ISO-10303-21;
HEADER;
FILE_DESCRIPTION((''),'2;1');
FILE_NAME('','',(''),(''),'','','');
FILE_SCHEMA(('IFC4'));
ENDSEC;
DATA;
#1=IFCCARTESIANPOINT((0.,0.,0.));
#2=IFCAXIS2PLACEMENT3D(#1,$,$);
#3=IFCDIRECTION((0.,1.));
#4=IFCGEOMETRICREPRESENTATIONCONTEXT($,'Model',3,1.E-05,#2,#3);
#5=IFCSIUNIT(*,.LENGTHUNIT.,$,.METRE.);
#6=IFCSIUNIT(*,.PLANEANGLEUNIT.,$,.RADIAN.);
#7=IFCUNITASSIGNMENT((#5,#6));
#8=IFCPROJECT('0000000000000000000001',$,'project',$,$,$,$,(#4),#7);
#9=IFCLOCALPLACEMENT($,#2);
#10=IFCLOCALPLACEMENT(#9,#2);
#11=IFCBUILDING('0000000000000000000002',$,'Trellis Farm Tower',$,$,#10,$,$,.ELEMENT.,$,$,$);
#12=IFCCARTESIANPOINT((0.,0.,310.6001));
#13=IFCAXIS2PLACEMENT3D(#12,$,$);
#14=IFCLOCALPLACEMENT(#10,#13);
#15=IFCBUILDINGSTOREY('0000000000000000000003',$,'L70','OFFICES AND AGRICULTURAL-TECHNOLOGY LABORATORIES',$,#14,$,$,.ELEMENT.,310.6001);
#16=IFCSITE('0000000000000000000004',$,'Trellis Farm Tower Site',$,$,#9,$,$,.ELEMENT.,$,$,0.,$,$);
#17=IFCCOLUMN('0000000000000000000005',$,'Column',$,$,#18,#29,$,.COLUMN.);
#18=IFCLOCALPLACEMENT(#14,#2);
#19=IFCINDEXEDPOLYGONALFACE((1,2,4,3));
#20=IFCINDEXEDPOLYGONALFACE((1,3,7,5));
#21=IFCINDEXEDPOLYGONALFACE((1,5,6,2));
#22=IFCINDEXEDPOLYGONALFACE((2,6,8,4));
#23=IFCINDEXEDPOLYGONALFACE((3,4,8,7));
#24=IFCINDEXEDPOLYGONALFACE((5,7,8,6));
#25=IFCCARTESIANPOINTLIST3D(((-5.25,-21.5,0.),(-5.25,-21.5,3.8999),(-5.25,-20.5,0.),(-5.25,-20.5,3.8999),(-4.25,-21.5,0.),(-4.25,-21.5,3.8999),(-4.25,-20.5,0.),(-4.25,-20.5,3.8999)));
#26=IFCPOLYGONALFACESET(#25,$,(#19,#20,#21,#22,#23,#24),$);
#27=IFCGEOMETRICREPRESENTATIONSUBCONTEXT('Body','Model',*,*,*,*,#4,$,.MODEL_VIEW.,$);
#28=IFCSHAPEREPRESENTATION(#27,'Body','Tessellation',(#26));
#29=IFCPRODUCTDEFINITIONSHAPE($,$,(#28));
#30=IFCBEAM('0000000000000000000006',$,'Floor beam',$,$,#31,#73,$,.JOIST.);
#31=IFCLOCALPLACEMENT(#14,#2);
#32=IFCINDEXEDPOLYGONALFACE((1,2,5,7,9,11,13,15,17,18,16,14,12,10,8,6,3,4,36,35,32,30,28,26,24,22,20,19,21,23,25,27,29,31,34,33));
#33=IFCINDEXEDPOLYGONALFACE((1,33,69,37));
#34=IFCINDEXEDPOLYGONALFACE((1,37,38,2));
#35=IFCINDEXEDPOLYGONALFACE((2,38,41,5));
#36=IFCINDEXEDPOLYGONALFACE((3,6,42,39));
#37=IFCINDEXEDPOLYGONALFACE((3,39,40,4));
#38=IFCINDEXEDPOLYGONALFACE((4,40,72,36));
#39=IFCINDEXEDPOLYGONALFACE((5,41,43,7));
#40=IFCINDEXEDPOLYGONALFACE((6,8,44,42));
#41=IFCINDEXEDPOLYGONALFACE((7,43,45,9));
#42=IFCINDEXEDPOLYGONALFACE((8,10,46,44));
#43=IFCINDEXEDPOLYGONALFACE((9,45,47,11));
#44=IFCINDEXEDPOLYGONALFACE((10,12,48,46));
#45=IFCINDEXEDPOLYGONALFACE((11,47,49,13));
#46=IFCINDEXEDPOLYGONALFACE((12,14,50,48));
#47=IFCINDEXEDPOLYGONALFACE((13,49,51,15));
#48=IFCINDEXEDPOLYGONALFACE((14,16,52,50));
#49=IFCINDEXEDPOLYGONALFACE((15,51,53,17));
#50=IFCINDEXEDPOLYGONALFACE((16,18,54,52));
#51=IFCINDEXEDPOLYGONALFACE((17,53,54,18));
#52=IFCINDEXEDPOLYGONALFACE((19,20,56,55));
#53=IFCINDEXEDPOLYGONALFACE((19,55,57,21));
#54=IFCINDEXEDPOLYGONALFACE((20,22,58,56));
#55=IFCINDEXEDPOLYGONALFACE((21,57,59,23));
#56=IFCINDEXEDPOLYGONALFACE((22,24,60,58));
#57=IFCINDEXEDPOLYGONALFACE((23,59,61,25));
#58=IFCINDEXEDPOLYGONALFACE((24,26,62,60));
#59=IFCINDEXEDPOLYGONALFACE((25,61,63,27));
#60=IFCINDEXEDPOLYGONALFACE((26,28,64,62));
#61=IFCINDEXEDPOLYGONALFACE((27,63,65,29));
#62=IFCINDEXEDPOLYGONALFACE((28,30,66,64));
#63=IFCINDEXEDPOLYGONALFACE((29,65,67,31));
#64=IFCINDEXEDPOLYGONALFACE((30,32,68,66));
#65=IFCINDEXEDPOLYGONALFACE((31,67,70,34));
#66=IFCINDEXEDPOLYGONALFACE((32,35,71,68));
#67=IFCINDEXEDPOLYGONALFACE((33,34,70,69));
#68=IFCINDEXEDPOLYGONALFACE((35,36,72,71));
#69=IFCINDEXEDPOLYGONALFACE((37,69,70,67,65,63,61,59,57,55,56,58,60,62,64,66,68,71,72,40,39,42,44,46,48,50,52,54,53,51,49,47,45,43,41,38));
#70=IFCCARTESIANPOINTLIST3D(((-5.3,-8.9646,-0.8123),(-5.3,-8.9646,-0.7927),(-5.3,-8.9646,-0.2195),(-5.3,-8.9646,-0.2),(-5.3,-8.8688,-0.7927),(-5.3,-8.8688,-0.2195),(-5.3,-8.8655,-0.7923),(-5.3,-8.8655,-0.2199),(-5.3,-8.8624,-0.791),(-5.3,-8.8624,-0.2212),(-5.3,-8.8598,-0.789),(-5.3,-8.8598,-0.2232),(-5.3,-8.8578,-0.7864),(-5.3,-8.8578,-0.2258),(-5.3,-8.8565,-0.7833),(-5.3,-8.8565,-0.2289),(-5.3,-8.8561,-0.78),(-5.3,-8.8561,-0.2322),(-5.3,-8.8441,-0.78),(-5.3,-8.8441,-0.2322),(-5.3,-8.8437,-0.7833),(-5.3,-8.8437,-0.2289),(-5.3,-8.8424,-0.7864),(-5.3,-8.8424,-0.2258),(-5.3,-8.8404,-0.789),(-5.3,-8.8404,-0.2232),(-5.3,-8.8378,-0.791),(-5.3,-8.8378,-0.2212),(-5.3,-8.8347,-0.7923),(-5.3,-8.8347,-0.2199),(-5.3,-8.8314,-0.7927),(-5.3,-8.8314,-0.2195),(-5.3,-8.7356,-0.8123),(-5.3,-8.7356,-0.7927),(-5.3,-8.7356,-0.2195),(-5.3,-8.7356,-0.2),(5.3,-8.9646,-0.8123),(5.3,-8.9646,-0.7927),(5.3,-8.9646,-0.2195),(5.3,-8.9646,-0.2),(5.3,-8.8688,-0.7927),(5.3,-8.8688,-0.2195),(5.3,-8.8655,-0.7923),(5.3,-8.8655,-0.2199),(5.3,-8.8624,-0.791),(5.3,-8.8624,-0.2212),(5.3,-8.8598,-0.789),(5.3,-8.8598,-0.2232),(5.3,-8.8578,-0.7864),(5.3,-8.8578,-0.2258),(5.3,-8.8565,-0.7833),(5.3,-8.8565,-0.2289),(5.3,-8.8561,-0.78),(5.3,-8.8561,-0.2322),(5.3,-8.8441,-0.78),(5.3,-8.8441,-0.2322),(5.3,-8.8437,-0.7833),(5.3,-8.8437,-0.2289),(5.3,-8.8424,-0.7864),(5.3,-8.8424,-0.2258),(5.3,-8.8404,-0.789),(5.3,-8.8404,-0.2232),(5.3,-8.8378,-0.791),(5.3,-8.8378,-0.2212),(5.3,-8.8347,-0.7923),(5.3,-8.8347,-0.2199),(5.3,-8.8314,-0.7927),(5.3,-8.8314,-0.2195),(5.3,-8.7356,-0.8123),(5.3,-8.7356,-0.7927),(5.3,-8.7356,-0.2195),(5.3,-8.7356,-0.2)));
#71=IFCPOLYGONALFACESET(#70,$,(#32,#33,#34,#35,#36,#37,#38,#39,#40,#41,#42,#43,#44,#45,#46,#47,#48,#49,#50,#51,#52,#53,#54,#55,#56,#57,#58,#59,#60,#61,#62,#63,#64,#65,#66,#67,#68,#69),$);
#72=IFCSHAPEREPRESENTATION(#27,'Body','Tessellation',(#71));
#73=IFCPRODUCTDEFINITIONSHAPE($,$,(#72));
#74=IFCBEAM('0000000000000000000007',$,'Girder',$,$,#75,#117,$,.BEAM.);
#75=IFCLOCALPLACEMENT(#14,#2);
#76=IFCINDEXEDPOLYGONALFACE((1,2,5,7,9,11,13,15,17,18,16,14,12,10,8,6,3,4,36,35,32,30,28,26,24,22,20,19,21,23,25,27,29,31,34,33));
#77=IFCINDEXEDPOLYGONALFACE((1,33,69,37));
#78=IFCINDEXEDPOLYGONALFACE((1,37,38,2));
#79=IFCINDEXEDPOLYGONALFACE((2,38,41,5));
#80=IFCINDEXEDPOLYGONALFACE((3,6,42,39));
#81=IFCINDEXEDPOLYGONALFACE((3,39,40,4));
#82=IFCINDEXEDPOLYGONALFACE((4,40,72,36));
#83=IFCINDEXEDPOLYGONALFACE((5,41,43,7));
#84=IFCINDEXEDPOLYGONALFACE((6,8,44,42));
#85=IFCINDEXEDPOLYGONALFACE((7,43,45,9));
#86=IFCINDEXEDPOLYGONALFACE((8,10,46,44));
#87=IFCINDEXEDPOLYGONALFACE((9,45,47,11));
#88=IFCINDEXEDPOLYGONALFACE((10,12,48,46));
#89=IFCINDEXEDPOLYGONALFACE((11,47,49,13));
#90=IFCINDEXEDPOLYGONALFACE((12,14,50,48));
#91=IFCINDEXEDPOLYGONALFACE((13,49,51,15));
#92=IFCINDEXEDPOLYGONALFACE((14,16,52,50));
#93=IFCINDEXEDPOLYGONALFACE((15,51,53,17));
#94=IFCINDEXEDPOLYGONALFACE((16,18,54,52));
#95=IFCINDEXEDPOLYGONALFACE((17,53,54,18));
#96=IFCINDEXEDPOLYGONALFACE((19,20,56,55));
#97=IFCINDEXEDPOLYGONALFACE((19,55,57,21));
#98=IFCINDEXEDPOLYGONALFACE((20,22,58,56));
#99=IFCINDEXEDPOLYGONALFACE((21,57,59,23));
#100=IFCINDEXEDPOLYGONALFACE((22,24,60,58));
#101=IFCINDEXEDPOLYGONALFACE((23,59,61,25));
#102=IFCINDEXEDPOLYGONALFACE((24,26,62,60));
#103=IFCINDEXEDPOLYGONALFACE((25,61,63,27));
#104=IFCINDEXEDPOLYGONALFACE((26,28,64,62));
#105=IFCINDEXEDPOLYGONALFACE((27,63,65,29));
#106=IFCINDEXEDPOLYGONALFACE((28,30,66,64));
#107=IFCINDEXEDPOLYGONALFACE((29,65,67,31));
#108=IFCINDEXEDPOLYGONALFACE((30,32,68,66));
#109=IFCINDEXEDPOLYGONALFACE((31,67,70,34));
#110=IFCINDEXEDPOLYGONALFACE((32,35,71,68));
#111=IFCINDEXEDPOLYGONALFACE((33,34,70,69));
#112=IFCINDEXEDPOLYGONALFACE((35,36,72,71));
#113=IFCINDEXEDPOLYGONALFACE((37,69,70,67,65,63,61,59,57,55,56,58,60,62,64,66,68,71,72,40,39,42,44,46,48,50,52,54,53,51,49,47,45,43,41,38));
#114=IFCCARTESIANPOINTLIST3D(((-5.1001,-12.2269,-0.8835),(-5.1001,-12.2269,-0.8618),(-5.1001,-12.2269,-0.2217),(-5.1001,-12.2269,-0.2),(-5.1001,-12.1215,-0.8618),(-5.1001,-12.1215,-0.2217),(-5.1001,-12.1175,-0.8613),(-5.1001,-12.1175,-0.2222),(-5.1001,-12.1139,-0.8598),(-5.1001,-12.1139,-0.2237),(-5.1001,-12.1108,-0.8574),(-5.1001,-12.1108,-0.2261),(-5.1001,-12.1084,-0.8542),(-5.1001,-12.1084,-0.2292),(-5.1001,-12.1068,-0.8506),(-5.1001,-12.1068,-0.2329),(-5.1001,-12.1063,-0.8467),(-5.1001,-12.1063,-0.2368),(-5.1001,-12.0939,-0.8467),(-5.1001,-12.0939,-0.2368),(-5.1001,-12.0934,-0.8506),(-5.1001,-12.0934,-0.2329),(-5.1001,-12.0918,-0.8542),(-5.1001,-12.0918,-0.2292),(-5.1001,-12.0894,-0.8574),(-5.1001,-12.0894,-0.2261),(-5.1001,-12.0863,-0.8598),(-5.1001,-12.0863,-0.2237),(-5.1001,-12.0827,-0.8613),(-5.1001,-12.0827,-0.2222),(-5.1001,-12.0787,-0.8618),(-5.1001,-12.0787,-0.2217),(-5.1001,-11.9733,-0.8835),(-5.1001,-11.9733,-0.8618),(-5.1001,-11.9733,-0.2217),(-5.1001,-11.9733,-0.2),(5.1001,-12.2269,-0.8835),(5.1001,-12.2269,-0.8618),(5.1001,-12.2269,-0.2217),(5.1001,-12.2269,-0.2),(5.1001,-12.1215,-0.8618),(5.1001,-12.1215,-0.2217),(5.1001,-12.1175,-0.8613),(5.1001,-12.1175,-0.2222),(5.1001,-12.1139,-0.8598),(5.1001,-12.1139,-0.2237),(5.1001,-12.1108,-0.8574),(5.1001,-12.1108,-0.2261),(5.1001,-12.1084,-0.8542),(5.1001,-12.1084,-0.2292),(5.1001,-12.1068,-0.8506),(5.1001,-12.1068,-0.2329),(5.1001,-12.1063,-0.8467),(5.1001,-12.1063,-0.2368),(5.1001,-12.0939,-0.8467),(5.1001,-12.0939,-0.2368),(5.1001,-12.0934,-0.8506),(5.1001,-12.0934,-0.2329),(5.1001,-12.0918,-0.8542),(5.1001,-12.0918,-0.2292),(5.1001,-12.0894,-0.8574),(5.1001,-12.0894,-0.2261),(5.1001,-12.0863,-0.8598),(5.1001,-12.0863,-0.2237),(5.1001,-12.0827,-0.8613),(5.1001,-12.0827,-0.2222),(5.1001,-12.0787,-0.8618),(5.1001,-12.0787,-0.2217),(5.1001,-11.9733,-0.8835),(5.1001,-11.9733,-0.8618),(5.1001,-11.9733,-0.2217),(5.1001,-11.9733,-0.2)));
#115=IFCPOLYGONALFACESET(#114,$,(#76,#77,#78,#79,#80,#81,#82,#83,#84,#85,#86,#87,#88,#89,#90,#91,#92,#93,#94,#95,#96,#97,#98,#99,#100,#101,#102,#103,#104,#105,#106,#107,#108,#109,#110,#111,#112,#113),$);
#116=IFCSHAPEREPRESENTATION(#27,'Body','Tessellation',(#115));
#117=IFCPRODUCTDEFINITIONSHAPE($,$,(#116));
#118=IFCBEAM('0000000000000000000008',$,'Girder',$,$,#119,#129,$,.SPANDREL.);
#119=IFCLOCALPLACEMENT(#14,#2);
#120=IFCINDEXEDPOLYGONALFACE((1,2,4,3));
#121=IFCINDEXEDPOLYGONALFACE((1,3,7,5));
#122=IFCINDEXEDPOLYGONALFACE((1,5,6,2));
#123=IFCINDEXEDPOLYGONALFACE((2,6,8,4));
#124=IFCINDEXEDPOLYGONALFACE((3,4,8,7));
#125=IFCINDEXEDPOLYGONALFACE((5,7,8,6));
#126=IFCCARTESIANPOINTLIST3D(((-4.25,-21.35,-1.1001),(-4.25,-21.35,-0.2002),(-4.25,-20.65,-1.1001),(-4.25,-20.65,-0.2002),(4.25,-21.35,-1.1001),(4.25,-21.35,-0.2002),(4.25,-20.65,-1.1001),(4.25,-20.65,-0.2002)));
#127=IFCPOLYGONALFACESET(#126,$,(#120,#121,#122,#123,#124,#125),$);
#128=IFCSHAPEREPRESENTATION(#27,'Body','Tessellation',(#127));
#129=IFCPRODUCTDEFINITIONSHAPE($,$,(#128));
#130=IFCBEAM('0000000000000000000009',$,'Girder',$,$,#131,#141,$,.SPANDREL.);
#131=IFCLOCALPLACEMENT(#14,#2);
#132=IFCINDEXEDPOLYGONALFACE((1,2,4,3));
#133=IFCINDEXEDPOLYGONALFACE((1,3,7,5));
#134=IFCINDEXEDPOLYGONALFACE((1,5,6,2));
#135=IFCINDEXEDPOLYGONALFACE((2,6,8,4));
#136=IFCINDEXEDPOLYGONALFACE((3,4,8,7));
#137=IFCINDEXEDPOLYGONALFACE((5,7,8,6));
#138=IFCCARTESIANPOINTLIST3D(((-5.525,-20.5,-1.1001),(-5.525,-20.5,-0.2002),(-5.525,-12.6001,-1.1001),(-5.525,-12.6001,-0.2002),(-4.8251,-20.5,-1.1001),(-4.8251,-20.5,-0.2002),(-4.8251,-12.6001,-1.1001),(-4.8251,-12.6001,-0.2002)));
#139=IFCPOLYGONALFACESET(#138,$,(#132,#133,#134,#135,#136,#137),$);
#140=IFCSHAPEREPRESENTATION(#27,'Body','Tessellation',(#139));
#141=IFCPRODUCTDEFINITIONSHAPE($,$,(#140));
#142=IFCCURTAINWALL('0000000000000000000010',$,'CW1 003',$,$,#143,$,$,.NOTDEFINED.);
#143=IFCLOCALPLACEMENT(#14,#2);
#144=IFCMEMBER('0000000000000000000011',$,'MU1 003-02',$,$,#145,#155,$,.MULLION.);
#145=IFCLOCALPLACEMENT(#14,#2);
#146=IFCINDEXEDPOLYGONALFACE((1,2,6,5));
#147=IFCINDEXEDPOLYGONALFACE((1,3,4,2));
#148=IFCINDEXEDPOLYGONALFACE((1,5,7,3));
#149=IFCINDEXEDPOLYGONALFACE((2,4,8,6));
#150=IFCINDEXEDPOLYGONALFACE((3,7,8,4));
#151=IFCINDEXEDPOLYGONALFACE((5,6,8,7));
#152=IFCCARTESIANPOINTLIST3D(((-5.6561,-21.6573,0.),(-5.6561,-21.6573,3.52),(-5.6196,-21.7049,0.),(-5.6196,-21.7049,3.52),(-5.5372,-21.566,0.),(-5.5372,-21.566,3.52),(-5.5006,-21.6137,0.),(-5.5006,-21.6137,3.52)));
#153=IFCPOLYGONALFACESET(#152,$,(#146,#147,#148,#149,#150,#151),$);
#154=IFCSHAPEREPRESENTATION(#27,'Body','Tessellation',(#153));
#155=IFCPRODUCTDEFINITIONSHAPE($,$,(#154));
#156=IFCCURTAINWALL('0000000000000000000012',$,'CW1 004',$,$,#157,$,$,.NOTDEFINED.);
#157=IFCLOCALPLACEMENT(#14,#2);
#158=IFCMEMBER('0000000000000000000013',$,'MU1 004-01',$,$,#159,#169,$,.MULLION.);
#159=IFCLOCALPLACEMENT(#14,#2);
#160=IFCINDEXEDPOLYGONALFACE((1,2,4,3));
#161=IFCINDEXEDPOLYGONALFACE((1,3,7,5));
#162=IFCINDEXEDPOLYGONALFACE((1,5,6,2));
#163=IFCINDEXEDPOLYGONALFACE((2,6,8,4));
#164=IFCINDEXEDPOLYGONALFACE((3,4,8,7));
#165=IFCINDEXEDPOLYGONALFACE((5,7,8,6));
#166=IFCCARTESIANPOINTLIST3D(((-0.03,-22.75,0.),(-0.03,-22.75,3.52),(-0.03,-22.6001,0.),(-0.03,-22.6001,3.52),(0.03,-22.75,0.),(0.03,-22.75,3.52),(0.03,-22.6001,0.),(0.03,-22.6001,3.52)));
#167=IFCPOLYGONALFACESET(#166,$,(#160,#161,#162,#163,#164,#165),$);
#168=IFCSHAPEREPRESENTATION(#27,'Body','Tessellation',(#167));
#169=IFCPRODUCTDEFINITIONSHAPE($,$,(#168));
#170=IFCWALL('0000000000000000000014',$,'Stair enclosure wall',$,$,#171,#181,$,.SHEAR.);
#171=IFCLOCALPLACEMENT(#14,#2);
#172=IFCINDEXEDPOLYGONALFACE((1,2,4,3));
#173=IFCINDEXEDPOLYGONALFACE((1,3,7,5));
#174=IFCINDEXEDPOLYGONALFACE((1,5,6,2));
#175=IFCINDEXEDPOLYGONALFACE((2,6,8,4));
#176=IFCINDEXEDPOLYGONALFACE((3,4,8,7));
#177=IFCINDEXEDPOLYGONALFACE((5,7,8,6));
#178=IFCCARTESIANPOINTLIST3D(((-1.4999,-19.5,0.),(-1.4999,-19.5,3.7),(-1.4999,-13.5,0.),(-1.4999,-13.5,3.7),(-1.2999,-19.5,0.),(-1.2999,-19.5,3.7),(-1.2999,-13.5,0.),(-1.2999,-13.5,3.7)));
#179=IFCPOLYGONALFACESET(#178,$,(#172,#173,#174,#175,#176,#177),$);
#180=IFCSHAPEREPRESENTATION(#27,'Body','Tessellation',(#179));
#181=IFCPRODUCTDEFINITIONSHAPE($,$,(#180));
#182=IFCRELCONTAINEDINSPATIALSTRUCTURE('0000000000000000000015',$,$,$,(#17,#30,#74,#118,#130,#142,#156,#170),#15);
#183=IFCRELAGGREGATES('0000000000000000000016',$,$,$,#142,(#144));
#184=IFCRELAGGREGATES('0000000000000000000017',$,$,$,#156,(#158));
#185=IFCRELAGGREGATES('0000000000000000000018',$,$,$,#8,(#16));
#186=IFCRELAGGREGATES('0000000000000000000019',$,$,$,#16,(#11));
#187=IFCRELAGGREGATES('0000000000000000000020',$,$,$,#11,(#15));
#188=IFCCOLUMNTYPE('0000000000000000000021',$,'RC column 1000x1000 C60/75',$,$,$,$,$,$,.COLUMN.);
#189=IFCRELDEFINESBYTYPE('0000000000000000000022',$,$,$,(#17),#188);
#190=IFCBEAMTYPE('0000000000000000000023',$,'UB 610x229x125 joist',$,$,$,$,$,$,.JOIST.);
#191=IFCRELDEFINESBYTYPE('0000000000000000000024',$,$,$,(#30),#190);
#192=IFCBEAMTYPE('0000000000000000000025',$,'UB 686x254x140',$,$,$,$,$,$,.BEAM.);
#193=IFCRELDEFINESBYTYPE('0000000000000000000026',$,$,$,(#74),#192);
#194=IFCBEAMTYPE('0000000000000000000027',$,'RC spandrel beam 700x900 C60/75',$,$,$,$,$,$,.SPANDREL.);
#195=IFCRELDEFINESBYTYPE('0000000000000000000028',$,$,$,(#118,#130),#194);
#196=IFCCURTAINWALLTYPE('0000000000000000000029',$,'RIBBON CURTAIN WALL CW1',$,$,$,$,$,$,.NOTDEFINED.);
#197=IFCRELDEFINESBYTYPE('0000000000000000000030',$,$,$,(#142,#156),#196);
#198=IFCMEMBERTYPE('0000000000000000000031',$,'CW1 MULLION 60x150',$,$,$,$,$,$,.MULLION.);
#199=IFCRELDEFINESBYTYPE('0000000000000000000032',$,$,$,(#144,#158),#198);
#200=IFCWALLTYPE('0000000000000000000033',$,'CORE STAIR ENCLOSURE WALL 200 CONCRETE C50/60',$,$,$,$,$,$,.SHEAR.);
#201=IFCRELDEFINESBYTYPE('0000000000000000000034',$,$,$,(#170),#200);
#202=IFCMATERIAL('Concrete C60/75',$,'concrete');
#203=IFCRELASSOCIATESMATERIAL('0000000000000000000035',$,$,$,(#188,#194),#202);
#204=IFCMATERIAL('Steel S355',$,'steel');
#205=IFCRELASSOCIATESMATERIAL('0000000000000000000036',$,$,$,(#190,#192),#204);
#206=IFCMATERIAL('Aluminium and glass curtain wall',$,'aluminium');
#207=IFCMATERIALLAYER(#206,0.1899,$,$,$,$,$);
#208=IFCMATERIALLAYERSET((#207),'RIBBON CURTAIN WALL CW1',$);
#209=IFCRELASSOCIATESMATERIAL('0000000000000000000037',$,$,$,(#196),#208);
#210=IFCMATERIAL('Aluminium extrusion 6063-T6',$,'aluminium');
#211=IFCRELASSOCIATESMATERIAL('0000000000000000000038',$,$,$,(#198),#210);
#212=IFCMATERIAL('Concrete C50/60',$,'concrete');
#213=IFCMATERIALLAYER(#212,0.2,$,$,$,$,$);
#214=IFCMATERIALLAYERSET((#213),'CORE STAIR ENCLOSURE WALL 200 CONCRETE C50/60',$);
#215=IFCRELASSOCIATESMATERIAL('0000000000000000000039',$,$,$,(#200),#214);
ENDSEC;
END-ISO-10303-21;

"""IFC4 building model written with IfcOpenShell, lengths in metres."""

from ifc_helpers import new_model, si_unit, direction, frame, frame_2d, origin, origin_2d, place, context, subcontext, project, spatial, rectangle, i_section, extrude, source, transform, mapped, material, layer, layer_set, material_profile, profile_set, type_object, element, aggregate, save


model = new_model("IFC4")

# Units and contexts
model_context = context("Model", 3, precision=1e-05, world=origin(), true_north=direction((0.0, 1.0)))
body_context = subcontext(model_context, "Body", "Model", "MODEL_VIEW")
ifc_project = project(units=[si_unit("LENGTHUNIT", "METRE"), si_unit("PLANEANGLEUNIT", "RADIAN")], contexts=[model_context])

# Site, building, storey
site_placement = place(None, origin())
site = spatial("IfcSite", under=ifc_project, at=site_placement, Name="Trellis Farm Tower Site", CompositionType="ELEMENT", RefElevation=0.0)
building_placement = place(site_placement, origin())
building = spatial("IfcBuilding", under=site, at=building_placement, Name="Trellis Farm Tower", CompositionType="ELEMENT")
storey_placement = place(building_placement, frame((0.0, 0.0, 310.6001)))
storey = spatial("IfcBuildingStorey", under=building, at=storey_placement, Name="L70", Description="OFFICES AND AGRICULTURAL-TECHNOLOGY LABORATORIES", CompositionType="ELEMENT", Elevation=310.6001)

# Column
ifc_material_1 = material(Name="Concrete C60/75", Category="concrete")
ifc_material_profile_1 = material_profile(ifc_material_1, rectangle(XDim=1.0, YDim=1.0, at=origin_2d()), Name="RC column 1000x1000 C60/75")
ifc_profile_set_1 = profile_set([ifc_material_profile_1], Name="Concrete C60/75")
column_type = type_object("IfcColumnType", Name="RC column 1000x1000 C60/75", PredefinedType="COLUMN", material=ifc_profile_set_1)
shared_shape_1 = source(origin(), body_context, "Body", "SweptSolid", [
    extrude(rectangle(XDim=1.0, YDim=1.0, at=origin_2d()), origin(), (0.0, 0.0, 1.0), 3.8999),
])
column_placement = place(storey_placement, frame((-4.75, -21.0, 0.0), z_axis=(0.0, 0.0, 1.0), x_axis=(1.0, 0.0, 0.0)))
element("IfcColumn", 1, at=column_placement, inside=storey, type_object=column_type, Name="Column", PredefinedType="COLUMN", context=body_context, shape_type="MappedRepresentation", body=[
    mapped(shared_shape_1, transform((0.0, 0.0, 0.0))),
])

# Beams
ifc_material_2 = material(Name="Steel S355", Category="steel")
ifc_material_profile_2 = material_profile(ifc_material_2, i_section(OverallWidth=0.229, OverallDepth=0.6123, WebThickness=0.012, FlangeThickness=0.0195, FilletRadius=0.0127, at=origin_2d()), Name="UB 610x229x125")
ifc_profile_set_2 = profile_set([ifc_material_profile_2], Name="Steel S355")
beam_type_1 = type_object("IfcBeamType", Name="UB 610x229x125 joist", PredefinedType="JOIST", material=ifc_profile_set_2)
shared_shape_2 = source(origin(), body_context, "Body", "SweptSolid", [
    extrude(i_section(OverallWidth=0.229, OverallDepth=0.6123, WebThickness=0.012, FlangeThickness=0.0195, FilletRadius=0.0127, at=origin_2d()), origin(), (0.0, 0.0, 1.0), 10.6001),
])
beam_1_placement = place(storey_placement, frame((-5.3, -8.8501, -0.5061), z_axis=(1.0, 0.0, 0.0), x_axis=(0.0, 1.0, 0.0)))
element("IfcBeam", 2, at=beam_1_placement, inside=storey, type_object=beam_type_1, Name="Floor beam", PredefinedType="JOIST", context=body_context, shape_type="MappedRepresentation", body=[
    mapped(shared_shape_2, transform((0.0, 0.0, 0.0))),
])
ifc_material_profile_3 = material_profile(ifc_material_2, i_section(OverallWidth=0.2537, OverallDepth=0.6836, WebThickness=0.0125, FlangeThickness=0.0217, FilletRadius=0.0151, at=origin_2d()), Name="UB 686x254x140")
ifc_profile_set_3 = profile_set([ifc_material_profile_3], Name="Steel S355")
beam_type_2 = type_object("IfcBeamType", Name="UB 686x254x140", PredefinedType="BEAM", material=ifc_profile_set_3)
shared_shape_3 = source(origin(), body_context, "Body", "SweptSolid", [
    extrude(i_section(OverallWidth=0.2537, OverallDepth=0.6836, WebThickness=0.0125, FlangeThickness=0.0217, FilletRadius=0.0151, at=origin_2d()), origin(), (0.0, 0.0, 1.0), 10.2002),
])
beam_2_placement = place(storey_placement, frame((-5.1001, -12.1001, -0.5417), z_axis=(1.0, 0.0, 0.0), x_axis=(0.0, 1.0, 0.0)))
element("IfcBeam", 3, at=beam_2_placement, inside=storey, type_object=beam_type_2, Name="Girder", PredefinedType="BEAM", context=body_context, shape_type="MappedRepresentation", body=[
    mapped(shared_shape_3, transform((0.0, 0.0, 0.0))),
])
ifc_material_profile_4 = material_profile(ifc_material_1, rectangle(XDim=0.7, YDim=0.8999, at=origin_2d()), Name="RC spandrel beam 700x900 C60/75")
ifc_profile_set_4 = profile_set([ifc_material_profile_4], Name="Concrete C60/75")
beam_type_3 = type_object("IfcBeamType", Name="RC spandrel beam 700x900 C60/75", PredefinedType="SPANDREL", material=ifc_profile_set_4)
shared_shape_4 = source(origin(), body_context, "Body", "SweptSolid", [
    extrude(rectangle(XDim=0.7, YDim=0.8999, at=origin_2d()), origin(), (0.0, 0.0, 1.0), 8.5),
])
beam_3_placement = place(storey_placement, frame((-4.25, -21.0, -0.6501), z_axis=(1.0, 0.0, 0.0), x_axis=(0.0, 1.0, 0.0)))
element("IfcBeam", 4, at=beam_3_placement, inside=storey, type_object=beam_type_3, Name="Girder", PredefinedType="SPANDREL", context=body_context, shape_type="MappedRepresentation", body=[
    mapped(shared_shape_4, transform((0.0, 0.0, 0.0))),
])
shared_shape_5 = source(origin(), body_context, "Body", "SweptSolid", [
    extrude(rectangle(XDim=0.7, YDim=0.8999, at=origin_2d()), origin(), (0.0, 0.0, 1.0), 7.8999),
])
beam_4_placement = place(storey_placement, frame((-5.175, -20.5, -0.6501), z_axis=(0.0, 1.0, 0.0), x_axis=(-1.0, 0.0, 0.0)))
element("IfcBeam", 5, at=beam_4_placement, inside=storey, type_object=beam_type_3, Name="Girder", PredefinedType="SPANDREL", context=body_context, shape_type="MappedRepresentation", body=[
    mapped(shared_shape_5, transform((0.0, 0.0, 0.0))),
])

# Curtain walls, members
ifc_material_3 = material(Name="Aluminium and glass curtain wall", Category="aluminium")
ifc_layer_1 = layer(ifc_material_3, 0.1899)
ifc_layer_set_1 = layer_set([ifc_layer_1], Name="RIBBON CURTAIN WALL CW1")
curtain_wall_type = type_object("IfcCurtainWallType", Name="RIBBON CURTAIN WALL CW1", PredefinedType="NOTDEFINED", material=ifc_layer_set_1)
placement = place(storey_placement, origin())
curtain_wall_1 = element("IfcCurtainWall", 6, at=placement, inside=storey, type_object=curtain_wall_type, Name="CW1 003", PredefinedType="NOTDEFINED")
ifc_material_4 = material(Name="Aluminium extrusion 6063-T6", Category="aluminium")
ifc_material_profile_5 = material_profile(ifc_material_4, rectangle(XDim=0.0601, YDim=0.1499, at=origin_2d()), Name="MULLION 60x150")
ifc_profile_set_5 = profile_set([ifc_material_profile_5], Name="Aluminium extrusion 6063-T6")
member_type = type_object("IfcMemberType", Name="CW1 MULLION 60x150", PredefinedType="MULLION", material=ifc_profile_set_5)
shared_shape_6 = source(origin(), body_context, "Body", "SweptSolid", [
    extrude(rectangle(XDim=0.0601, YDim=0.1499, at=origin_2d()), origin(), (0.0, 0.0, 1.0), 3.52),
])
member_1_placement = place(storey_placement, frame((-5.5784, -21.6355, 0.0), z_axis=(0.0, 0.0, 1.0), x_axis=(0.608761, -0.793353, 0.0)))
member_1 = element("IfcMember", 7, at=member_1_placement, type_object=member_type, Name="MU1 003-02", PredefinedType="MULLION", context=body_context, shape_type="MappedRepresentation", body=[
    mapped(shared_shape_6, transform((0.0, 0.0, 0.0))),
])
aggregate(curtain_wall_1, [member_1])
curtain_wall_2 = element("IfcCurtainWall", 8, at=placement, inside=storey, type_object=curtain_wall_type, Name="CW1 004", PredefinedType="NOTDEFINED")
member_2_placement = place(storey_placement, frame((0.0, -22.675, 0.0), z_axis=(0.0, 0.0, 1.0), x_axis=(1.0, 0.0, 0.0)))
member_2 = element("IfcMember", 9, at=member_2_placement, type_object=member_type, Name="MU1 004-01", PredefinedType="MULLION", context=body_context, shape_type="MappedRepresentation", body=[
    mapped(shared_shape_6, transform((0.0, 0.0, 0.0))),
])
aggregate(curtain_wall_2, [member_2])

# Wall
ifc_material_5 = material(Name="Concrete C50/60", Category="concrete")
ifc_layer_2 = layer(ifc_material_5, 0.2)
ifc_layer_set_2 = layer_set([ifc_layer_2], Name="CORE STAIR ENCLOSURE WALL 200 CONCRETE C50/60")
wall_type_1 = type_object("IfcWallType", Name="CORE STAIR ENCLOSURE WALL 200 CONCRETE C50/60", PredefinedType="SHEAR", material=ifc_layer_set_2)
shared_shape_7 = source(origin(), body_context, "Body", "SweptSolid", [
    extrude(rectangle(XDim=6.0, YDim=0.2, at=frame_2d((3.0, 0.0))), origin(), (0.0, 0.0, 1.0), 3.7),
])
wall_1_placement = place(storey_placement, frame((-1.3999, -13.5, 0.0), z_axis=(0.0, 0.0, 1.0), x_axis=(0.0, -1.0, 0.0)))
element("IfcWall", 10, at=wall_1_placement, inside=storey, type_object=wall_type_1, Name="Stair enclosure wall", PredefinedType="SHEAR", context=body_context, shape_type="MappedRepresentation", body=[
    mapped(shared_shape_7, transform((0.0, 0.0, 0.0))),
])

save(model, "model.ifc")
